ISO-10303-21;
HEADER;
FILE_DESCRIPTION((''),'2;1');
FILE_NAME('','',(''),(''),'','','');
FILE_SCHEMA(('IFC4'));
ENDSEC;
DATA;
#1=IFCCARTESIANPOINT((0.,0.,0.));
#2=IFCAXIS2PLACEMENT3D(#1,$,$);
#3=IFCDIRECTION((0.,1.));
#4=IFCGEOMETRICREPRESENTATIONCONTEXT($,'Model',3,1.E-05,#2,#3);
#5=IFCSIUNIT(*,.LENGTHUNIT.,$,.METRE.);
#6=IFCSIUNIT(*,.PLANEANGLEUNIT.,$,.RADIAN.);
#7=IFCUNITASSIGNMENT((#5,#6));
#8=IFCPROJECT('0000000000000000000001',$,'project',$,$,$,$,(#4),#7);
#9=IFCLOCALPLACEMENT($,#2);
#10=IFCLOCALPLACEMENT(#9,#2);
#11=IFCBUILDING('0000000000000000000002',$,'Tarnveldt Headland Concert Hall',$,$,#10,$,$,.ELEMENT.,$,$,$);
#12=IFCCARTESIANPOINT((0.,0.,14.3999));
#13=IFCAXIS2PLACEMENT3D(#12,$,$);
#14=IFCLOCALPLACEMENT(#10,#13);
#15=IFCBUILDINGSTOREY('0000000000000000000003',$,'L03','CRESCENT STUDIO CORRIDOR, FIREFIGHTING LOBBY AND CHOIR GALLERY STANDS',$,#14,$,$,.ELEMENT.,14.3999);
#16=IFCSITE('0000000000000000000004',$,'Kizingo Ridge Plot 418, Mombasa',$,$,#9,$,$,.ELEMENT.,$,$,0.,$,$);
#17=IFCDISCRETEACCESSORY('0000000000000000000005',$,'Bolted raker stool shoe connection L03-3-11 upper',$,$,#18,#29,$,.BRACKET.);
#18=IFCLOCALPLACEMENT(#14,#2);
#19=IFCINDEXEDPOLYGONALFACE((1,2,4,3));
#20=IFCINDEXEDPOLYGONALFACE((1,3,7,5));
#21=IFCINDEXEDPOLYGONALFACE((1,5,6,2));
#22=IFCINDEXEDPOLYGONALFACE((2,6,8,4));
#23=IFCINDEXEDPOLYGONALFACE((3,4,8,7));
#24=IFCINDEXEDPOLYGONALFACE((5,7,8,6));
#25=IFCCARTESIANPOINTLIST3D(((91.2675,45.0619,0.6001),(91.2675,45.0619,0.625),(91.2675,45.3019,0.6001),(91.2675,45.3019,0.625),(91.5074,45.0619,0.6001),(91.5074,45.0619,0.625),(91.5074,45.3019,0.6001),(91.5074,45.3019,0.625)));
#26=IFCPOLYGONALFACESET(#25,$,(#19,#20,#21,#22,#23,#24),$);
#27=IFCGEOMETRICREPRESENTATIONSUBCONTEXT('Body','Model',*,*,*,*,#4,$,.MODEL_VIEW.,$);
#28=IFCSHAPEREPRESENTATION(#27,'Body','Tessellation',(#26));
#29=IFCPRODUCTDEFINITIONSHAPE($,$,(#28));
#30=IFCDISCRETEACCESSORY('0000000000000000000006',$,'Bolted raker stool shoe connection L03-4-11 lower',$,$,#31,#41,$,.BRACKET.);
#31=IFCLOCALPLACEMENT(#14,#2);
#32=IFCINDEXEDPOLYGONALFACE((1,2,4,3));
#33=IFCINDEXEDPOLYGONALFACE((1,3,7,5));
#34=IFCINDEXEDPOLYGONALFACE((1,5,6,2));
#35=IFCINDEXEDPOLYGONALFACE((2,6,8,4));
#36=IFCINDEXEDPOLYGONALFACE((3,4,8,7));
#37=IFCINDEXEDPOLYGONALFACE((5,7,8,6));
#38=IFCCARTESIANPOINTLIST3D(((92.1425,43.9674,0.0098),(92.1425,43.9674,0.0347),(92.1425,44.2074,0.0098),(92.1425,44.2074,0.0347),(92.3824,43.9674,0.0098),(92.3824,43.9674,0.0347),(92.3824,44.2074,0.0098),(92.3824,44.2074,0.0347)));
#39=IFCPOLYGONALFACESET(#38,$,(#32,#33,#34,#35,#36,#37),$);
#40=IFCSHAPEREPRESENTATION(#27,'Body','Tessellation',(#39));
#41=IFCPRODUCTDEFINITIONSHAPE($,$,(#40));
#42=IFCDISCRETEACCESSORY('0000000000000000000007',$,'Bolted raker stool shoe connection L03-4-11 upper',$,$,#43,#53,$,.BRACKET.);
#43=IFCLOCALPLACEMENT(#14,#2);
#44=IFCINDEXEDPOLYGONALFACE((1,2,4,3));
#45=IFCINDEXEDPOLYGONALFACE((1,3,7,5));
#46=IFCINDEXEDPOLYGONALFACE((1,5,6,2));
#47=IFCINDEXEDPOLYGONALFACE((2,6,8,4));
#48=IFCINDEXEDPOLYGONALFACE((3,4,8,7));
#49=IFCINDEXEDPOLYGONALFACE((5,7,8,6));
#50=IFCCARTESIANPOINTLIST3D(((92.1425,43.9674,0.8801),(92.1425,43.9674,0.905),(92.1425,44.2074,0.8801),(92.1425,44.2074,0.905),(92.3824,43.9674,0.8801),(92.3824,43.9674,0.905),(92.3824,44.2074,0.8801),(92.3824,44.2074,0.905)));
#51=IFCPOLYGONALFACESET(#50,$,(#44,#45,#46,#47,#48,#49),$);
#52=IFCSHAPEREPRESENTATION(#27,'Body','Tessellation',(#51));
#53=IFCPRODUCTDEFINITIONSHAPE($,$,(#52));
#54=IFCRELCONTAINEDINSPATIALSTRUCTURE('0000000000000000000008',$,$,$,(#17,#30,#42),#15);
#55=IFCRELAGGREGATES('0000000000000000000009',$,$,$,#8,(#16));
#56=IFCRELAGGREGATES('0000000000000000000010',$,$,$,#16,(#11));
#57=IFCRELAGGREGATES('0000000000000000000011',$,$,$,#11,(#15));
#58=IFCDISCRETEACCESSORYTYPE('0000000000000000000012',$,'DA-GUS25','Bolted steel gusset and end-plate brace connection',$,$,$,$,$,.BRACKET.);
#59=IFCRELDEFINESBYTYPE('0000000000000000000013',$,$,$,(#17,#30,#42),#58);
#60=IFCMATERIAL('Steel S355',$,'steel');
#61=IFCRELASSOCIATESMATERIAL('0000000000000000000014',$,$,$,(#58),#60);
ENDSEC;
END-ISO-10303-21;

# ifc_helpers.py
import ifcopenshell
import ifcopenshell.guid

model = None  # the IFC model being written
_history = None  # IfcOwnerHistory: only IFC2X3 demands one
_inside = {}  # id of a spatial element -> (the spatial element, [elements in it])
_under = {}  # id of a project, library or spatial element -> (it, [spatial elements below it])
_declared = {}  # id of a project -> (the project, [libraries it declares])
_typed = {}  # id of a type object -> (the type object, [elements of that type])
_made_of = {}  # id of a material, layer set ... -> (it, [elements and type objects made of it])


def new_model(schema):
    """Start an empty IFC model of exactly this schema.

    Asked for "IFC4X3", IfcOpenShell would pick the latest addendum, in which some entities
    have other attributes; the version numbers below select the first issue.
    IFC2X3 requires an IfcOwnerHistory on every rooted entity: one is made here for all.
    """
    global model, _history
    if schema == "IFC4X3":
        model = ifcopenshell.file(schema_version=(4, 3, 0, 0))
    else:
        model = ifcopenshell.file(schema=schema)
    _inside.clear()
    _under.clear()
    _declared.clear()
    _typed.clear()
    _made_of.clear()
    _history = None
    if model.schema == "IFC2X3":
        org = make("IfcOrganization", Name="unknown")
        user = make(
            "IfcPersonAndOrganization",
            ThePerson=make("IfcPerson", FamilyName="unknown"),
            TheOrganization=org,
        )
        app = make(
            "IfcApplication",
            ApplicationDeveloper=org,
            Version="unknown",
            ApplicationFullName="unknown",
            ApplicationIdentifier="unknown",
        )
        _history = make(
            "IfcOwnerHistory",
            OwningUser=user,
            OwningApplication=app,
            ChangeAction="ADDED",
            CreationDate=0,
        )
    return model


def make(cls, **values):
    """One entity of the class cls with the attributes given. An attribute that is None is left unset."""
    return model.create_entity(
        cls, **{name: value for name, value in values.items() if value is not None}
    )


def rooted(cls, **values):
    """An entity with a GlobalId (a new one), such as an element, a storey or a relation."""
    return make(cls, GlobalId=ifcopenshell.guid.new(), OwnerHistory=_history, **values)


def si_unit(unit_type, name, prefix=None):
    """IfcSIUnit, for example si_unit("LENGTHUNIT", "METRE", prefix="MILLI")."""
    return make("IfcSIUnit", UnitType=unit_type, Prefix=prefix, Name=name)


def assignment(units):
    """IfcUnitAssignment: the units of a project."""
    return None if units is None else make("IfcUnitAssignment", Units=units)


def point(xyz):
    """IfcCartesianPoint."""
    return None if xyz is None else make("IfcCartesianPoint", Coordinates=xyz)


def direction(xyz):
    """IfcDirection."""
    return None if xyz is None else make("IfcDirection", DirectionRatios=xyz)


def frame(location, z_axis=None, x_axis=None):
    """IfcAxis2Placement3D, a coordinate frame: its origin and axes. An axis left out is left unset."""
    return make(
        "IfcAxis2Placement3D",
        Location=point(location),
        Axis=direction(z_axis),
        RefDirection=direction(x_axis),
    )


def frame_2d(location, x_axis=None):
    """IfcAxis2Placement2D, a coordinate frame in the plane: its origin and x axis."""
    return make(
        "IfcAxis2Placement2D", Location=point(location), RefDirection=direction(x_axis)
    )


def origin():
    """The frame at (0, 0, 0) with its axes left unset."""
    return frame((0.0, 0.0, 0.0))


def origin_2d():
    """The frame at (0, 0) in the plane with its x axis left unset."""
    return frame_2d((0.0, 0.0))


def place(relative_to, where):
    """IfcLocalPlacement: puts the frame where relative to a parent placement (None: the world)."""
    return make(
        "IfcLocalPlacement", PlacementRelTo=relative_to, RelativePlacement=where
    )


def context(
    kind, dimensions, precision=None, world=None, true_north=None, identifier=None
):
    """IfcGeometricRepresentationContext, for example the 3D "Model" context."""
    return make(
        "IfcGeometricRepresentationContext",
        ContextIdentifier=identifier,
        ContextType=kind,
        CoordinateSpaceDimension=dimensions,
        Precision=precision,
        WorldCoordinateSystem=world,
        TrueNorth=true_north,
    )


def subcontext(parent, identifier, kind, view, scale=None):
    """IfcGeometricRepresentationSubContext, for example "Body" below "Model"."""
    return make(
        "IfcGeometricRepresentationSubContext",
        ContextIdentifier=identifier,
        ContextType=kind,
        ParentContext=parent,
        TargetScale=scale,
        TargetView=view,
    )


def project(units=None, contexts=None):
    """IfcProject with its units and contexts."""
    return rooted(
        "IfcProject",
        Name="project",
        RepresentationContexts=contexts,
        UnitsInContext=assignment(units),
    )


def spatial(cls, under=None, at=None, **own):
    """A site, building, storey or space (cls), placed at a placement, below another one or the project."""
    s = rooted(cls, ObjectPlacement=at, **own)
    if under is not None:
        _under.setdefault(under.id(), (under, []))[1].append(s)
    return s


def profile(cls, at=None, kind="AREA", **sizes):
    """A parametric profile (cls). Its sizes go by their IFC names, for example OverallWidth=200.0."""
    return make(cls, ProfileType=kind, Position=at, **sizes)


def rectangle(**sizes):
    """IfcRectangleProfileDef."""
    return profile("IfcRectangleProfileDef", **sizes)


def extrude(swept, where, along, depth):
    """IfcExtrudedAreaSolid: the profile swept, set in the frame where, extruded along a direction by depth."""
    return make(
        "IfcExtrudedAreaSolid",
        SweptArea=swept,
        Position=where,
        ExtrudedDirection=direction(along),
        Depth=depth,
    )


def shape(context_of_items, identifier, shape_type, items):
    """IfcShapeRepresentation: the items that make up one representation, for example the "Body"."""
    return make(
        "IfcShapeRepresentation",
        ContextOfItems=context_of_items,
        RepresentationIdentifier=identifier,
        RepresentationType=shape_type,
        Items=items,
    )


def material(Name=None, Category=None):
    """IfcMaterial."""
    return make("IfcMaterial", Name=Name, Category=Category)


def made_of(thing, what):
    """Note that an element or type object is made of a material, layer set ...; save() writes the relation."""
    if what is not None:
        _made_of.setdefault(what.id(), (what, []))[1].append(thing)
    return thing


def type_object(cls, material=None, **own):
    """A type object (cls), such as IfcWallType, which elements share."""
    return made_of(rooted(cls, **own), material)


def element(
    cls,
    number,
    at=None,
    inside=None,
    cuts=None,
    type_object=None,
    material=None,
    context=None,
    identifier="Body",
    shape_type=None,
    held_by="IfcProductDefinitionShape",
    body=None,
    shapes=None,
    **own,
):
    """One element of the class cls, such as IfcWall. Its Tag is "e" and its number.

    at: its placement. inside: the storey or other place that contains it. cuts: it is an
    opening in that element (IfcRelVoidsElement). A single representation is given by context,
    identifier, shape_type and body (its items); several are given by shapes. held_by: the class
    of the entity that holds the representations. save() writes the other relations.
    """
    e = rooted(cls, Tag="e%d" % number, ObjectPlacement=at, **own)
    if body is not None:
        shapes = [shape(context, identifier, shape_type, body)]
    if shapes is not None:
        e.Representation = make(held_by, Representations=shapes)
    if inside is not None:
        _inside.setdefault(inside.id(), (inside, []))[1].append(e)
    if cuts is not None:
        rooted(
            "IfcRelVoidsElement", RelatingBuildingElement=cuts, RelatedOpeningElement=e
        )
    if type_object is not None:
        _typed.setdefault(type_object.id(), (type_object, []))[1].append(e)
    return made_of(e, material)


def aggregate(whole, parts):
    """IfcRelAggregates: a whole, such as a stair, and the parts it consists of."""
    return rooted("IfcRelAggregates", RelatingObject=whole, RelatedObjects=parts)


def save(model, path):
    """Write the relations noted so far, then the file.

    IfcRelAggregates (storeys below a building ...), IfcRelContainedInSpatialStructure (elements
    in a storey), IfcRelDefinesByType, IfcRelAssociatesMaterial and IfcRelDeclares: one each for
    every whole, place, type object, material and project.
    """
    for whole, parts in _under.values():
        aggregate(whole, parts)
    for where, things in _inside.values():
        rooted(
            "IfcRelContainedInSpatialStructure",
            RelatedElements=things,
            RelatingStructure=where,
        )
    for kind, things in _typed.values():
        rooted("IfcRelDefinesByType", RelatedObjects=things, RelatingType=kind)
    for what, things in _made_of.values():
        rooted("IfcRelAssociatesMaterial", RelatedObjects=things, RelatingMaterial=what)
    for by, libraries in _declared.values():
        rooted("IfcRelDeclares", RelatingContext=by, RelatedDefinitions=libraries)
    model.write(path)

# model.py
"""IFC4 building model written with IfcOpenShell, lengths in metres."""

from ifc_helpers import new_model, si_unit, direction, frame, origin, origin_2d, place, context, subcontext, project, spatial, rectangle, extrude, material, type_object, element, save


model = new_model("IFC4")

# Units and contexts
model_context = context("Model", 3, precision=1e-05, world=origin(), true_north=direction((0.0, 1.0)))
body_context = subcontext(model_context, "Body", "Model", "MODEL_VIEW")
ifc_project = project(units=[si_unit("LENGTHUNIT", "METRE"), si_unit("PLANEANGLEUNIT", "RADIAN")], contexts=[model_context])

# Site, building, storey
site_placement = place(None, origin())
site = spatial("IfcSite", under=ifc_project, at=site_placement, Name="Kizingo Ridge Plot 418, Mombasa", CompositionType="ELEMENT", RefElevation=0.0)
building_placement = place(site_placement, origin())
building = spatial("IfcBuilding", under=site, at=building_placement, Name="Tarnveldt Headland Concert Hall", CompositionType="ELEMENT")
storey_placement = place(building_placement, frame((0.0, 0.0, 14.3999)))
storey = spatial("IfcBuildingStorey", under=building, at=storey_placement, Name="L03", Description="CRESCENT STUDIO CORRIDOR, FIREFIGHTING LOBBY AND CHOIR GALLERY STANDS", CompositionType="ELEMENT", Elevation=14.3999)

# Shared definitions
ifc_material_1 = material(Name="Steel S355", Category="steel")

# Discrete accessories
discrete_accessory_type = type_object("IfcDiscreteAccessoryType", Name="DA-GUS25", Description="Bolted steel gusset and end-plate brace connection", PredefinedType="BRACKET", material=ifc_material_1)
for number, where, z_axis, x_axis, name in (
    (1, (91.3875, 45.1819, 0.6001), (0.0, 0.0, 1.0), (1.0, 0.0, 0.0), "Bolted raker stool shoe connection L03-3-11 upper"),
    (2, (92.2625, 44.0874, 0.0098), (0.0, 0.0, 1.0), (1.0, 0.0, 0.0), "Bolted raker stool shoe connection L03-4-11 lower"),
    (3, (92.2625, 44.0874, 0.8801), (0.0, 0.0, 1.0), (1.0, 0.0, 0.0), "Bolted raker stool shoe connection L03-4-11 upper"),
):
    element("IfcDiscreteAccessory", number, at=place(storey_placement, frame(where, z_axis=z_axis, x_axis=x_axis)), inside=storey, type_object=discrete_accessory_type, Name=name, PredefinedType="BRACKET", context=body_context, shape_type="SweptSolid", body=[
        extrude(rectangle(XDim=0.24, YDim=0.24, at=origin_2d()), origin(), (0.0, 0.0, 1.0), 0.0249),
    ])

save(model, "model.ifc")
